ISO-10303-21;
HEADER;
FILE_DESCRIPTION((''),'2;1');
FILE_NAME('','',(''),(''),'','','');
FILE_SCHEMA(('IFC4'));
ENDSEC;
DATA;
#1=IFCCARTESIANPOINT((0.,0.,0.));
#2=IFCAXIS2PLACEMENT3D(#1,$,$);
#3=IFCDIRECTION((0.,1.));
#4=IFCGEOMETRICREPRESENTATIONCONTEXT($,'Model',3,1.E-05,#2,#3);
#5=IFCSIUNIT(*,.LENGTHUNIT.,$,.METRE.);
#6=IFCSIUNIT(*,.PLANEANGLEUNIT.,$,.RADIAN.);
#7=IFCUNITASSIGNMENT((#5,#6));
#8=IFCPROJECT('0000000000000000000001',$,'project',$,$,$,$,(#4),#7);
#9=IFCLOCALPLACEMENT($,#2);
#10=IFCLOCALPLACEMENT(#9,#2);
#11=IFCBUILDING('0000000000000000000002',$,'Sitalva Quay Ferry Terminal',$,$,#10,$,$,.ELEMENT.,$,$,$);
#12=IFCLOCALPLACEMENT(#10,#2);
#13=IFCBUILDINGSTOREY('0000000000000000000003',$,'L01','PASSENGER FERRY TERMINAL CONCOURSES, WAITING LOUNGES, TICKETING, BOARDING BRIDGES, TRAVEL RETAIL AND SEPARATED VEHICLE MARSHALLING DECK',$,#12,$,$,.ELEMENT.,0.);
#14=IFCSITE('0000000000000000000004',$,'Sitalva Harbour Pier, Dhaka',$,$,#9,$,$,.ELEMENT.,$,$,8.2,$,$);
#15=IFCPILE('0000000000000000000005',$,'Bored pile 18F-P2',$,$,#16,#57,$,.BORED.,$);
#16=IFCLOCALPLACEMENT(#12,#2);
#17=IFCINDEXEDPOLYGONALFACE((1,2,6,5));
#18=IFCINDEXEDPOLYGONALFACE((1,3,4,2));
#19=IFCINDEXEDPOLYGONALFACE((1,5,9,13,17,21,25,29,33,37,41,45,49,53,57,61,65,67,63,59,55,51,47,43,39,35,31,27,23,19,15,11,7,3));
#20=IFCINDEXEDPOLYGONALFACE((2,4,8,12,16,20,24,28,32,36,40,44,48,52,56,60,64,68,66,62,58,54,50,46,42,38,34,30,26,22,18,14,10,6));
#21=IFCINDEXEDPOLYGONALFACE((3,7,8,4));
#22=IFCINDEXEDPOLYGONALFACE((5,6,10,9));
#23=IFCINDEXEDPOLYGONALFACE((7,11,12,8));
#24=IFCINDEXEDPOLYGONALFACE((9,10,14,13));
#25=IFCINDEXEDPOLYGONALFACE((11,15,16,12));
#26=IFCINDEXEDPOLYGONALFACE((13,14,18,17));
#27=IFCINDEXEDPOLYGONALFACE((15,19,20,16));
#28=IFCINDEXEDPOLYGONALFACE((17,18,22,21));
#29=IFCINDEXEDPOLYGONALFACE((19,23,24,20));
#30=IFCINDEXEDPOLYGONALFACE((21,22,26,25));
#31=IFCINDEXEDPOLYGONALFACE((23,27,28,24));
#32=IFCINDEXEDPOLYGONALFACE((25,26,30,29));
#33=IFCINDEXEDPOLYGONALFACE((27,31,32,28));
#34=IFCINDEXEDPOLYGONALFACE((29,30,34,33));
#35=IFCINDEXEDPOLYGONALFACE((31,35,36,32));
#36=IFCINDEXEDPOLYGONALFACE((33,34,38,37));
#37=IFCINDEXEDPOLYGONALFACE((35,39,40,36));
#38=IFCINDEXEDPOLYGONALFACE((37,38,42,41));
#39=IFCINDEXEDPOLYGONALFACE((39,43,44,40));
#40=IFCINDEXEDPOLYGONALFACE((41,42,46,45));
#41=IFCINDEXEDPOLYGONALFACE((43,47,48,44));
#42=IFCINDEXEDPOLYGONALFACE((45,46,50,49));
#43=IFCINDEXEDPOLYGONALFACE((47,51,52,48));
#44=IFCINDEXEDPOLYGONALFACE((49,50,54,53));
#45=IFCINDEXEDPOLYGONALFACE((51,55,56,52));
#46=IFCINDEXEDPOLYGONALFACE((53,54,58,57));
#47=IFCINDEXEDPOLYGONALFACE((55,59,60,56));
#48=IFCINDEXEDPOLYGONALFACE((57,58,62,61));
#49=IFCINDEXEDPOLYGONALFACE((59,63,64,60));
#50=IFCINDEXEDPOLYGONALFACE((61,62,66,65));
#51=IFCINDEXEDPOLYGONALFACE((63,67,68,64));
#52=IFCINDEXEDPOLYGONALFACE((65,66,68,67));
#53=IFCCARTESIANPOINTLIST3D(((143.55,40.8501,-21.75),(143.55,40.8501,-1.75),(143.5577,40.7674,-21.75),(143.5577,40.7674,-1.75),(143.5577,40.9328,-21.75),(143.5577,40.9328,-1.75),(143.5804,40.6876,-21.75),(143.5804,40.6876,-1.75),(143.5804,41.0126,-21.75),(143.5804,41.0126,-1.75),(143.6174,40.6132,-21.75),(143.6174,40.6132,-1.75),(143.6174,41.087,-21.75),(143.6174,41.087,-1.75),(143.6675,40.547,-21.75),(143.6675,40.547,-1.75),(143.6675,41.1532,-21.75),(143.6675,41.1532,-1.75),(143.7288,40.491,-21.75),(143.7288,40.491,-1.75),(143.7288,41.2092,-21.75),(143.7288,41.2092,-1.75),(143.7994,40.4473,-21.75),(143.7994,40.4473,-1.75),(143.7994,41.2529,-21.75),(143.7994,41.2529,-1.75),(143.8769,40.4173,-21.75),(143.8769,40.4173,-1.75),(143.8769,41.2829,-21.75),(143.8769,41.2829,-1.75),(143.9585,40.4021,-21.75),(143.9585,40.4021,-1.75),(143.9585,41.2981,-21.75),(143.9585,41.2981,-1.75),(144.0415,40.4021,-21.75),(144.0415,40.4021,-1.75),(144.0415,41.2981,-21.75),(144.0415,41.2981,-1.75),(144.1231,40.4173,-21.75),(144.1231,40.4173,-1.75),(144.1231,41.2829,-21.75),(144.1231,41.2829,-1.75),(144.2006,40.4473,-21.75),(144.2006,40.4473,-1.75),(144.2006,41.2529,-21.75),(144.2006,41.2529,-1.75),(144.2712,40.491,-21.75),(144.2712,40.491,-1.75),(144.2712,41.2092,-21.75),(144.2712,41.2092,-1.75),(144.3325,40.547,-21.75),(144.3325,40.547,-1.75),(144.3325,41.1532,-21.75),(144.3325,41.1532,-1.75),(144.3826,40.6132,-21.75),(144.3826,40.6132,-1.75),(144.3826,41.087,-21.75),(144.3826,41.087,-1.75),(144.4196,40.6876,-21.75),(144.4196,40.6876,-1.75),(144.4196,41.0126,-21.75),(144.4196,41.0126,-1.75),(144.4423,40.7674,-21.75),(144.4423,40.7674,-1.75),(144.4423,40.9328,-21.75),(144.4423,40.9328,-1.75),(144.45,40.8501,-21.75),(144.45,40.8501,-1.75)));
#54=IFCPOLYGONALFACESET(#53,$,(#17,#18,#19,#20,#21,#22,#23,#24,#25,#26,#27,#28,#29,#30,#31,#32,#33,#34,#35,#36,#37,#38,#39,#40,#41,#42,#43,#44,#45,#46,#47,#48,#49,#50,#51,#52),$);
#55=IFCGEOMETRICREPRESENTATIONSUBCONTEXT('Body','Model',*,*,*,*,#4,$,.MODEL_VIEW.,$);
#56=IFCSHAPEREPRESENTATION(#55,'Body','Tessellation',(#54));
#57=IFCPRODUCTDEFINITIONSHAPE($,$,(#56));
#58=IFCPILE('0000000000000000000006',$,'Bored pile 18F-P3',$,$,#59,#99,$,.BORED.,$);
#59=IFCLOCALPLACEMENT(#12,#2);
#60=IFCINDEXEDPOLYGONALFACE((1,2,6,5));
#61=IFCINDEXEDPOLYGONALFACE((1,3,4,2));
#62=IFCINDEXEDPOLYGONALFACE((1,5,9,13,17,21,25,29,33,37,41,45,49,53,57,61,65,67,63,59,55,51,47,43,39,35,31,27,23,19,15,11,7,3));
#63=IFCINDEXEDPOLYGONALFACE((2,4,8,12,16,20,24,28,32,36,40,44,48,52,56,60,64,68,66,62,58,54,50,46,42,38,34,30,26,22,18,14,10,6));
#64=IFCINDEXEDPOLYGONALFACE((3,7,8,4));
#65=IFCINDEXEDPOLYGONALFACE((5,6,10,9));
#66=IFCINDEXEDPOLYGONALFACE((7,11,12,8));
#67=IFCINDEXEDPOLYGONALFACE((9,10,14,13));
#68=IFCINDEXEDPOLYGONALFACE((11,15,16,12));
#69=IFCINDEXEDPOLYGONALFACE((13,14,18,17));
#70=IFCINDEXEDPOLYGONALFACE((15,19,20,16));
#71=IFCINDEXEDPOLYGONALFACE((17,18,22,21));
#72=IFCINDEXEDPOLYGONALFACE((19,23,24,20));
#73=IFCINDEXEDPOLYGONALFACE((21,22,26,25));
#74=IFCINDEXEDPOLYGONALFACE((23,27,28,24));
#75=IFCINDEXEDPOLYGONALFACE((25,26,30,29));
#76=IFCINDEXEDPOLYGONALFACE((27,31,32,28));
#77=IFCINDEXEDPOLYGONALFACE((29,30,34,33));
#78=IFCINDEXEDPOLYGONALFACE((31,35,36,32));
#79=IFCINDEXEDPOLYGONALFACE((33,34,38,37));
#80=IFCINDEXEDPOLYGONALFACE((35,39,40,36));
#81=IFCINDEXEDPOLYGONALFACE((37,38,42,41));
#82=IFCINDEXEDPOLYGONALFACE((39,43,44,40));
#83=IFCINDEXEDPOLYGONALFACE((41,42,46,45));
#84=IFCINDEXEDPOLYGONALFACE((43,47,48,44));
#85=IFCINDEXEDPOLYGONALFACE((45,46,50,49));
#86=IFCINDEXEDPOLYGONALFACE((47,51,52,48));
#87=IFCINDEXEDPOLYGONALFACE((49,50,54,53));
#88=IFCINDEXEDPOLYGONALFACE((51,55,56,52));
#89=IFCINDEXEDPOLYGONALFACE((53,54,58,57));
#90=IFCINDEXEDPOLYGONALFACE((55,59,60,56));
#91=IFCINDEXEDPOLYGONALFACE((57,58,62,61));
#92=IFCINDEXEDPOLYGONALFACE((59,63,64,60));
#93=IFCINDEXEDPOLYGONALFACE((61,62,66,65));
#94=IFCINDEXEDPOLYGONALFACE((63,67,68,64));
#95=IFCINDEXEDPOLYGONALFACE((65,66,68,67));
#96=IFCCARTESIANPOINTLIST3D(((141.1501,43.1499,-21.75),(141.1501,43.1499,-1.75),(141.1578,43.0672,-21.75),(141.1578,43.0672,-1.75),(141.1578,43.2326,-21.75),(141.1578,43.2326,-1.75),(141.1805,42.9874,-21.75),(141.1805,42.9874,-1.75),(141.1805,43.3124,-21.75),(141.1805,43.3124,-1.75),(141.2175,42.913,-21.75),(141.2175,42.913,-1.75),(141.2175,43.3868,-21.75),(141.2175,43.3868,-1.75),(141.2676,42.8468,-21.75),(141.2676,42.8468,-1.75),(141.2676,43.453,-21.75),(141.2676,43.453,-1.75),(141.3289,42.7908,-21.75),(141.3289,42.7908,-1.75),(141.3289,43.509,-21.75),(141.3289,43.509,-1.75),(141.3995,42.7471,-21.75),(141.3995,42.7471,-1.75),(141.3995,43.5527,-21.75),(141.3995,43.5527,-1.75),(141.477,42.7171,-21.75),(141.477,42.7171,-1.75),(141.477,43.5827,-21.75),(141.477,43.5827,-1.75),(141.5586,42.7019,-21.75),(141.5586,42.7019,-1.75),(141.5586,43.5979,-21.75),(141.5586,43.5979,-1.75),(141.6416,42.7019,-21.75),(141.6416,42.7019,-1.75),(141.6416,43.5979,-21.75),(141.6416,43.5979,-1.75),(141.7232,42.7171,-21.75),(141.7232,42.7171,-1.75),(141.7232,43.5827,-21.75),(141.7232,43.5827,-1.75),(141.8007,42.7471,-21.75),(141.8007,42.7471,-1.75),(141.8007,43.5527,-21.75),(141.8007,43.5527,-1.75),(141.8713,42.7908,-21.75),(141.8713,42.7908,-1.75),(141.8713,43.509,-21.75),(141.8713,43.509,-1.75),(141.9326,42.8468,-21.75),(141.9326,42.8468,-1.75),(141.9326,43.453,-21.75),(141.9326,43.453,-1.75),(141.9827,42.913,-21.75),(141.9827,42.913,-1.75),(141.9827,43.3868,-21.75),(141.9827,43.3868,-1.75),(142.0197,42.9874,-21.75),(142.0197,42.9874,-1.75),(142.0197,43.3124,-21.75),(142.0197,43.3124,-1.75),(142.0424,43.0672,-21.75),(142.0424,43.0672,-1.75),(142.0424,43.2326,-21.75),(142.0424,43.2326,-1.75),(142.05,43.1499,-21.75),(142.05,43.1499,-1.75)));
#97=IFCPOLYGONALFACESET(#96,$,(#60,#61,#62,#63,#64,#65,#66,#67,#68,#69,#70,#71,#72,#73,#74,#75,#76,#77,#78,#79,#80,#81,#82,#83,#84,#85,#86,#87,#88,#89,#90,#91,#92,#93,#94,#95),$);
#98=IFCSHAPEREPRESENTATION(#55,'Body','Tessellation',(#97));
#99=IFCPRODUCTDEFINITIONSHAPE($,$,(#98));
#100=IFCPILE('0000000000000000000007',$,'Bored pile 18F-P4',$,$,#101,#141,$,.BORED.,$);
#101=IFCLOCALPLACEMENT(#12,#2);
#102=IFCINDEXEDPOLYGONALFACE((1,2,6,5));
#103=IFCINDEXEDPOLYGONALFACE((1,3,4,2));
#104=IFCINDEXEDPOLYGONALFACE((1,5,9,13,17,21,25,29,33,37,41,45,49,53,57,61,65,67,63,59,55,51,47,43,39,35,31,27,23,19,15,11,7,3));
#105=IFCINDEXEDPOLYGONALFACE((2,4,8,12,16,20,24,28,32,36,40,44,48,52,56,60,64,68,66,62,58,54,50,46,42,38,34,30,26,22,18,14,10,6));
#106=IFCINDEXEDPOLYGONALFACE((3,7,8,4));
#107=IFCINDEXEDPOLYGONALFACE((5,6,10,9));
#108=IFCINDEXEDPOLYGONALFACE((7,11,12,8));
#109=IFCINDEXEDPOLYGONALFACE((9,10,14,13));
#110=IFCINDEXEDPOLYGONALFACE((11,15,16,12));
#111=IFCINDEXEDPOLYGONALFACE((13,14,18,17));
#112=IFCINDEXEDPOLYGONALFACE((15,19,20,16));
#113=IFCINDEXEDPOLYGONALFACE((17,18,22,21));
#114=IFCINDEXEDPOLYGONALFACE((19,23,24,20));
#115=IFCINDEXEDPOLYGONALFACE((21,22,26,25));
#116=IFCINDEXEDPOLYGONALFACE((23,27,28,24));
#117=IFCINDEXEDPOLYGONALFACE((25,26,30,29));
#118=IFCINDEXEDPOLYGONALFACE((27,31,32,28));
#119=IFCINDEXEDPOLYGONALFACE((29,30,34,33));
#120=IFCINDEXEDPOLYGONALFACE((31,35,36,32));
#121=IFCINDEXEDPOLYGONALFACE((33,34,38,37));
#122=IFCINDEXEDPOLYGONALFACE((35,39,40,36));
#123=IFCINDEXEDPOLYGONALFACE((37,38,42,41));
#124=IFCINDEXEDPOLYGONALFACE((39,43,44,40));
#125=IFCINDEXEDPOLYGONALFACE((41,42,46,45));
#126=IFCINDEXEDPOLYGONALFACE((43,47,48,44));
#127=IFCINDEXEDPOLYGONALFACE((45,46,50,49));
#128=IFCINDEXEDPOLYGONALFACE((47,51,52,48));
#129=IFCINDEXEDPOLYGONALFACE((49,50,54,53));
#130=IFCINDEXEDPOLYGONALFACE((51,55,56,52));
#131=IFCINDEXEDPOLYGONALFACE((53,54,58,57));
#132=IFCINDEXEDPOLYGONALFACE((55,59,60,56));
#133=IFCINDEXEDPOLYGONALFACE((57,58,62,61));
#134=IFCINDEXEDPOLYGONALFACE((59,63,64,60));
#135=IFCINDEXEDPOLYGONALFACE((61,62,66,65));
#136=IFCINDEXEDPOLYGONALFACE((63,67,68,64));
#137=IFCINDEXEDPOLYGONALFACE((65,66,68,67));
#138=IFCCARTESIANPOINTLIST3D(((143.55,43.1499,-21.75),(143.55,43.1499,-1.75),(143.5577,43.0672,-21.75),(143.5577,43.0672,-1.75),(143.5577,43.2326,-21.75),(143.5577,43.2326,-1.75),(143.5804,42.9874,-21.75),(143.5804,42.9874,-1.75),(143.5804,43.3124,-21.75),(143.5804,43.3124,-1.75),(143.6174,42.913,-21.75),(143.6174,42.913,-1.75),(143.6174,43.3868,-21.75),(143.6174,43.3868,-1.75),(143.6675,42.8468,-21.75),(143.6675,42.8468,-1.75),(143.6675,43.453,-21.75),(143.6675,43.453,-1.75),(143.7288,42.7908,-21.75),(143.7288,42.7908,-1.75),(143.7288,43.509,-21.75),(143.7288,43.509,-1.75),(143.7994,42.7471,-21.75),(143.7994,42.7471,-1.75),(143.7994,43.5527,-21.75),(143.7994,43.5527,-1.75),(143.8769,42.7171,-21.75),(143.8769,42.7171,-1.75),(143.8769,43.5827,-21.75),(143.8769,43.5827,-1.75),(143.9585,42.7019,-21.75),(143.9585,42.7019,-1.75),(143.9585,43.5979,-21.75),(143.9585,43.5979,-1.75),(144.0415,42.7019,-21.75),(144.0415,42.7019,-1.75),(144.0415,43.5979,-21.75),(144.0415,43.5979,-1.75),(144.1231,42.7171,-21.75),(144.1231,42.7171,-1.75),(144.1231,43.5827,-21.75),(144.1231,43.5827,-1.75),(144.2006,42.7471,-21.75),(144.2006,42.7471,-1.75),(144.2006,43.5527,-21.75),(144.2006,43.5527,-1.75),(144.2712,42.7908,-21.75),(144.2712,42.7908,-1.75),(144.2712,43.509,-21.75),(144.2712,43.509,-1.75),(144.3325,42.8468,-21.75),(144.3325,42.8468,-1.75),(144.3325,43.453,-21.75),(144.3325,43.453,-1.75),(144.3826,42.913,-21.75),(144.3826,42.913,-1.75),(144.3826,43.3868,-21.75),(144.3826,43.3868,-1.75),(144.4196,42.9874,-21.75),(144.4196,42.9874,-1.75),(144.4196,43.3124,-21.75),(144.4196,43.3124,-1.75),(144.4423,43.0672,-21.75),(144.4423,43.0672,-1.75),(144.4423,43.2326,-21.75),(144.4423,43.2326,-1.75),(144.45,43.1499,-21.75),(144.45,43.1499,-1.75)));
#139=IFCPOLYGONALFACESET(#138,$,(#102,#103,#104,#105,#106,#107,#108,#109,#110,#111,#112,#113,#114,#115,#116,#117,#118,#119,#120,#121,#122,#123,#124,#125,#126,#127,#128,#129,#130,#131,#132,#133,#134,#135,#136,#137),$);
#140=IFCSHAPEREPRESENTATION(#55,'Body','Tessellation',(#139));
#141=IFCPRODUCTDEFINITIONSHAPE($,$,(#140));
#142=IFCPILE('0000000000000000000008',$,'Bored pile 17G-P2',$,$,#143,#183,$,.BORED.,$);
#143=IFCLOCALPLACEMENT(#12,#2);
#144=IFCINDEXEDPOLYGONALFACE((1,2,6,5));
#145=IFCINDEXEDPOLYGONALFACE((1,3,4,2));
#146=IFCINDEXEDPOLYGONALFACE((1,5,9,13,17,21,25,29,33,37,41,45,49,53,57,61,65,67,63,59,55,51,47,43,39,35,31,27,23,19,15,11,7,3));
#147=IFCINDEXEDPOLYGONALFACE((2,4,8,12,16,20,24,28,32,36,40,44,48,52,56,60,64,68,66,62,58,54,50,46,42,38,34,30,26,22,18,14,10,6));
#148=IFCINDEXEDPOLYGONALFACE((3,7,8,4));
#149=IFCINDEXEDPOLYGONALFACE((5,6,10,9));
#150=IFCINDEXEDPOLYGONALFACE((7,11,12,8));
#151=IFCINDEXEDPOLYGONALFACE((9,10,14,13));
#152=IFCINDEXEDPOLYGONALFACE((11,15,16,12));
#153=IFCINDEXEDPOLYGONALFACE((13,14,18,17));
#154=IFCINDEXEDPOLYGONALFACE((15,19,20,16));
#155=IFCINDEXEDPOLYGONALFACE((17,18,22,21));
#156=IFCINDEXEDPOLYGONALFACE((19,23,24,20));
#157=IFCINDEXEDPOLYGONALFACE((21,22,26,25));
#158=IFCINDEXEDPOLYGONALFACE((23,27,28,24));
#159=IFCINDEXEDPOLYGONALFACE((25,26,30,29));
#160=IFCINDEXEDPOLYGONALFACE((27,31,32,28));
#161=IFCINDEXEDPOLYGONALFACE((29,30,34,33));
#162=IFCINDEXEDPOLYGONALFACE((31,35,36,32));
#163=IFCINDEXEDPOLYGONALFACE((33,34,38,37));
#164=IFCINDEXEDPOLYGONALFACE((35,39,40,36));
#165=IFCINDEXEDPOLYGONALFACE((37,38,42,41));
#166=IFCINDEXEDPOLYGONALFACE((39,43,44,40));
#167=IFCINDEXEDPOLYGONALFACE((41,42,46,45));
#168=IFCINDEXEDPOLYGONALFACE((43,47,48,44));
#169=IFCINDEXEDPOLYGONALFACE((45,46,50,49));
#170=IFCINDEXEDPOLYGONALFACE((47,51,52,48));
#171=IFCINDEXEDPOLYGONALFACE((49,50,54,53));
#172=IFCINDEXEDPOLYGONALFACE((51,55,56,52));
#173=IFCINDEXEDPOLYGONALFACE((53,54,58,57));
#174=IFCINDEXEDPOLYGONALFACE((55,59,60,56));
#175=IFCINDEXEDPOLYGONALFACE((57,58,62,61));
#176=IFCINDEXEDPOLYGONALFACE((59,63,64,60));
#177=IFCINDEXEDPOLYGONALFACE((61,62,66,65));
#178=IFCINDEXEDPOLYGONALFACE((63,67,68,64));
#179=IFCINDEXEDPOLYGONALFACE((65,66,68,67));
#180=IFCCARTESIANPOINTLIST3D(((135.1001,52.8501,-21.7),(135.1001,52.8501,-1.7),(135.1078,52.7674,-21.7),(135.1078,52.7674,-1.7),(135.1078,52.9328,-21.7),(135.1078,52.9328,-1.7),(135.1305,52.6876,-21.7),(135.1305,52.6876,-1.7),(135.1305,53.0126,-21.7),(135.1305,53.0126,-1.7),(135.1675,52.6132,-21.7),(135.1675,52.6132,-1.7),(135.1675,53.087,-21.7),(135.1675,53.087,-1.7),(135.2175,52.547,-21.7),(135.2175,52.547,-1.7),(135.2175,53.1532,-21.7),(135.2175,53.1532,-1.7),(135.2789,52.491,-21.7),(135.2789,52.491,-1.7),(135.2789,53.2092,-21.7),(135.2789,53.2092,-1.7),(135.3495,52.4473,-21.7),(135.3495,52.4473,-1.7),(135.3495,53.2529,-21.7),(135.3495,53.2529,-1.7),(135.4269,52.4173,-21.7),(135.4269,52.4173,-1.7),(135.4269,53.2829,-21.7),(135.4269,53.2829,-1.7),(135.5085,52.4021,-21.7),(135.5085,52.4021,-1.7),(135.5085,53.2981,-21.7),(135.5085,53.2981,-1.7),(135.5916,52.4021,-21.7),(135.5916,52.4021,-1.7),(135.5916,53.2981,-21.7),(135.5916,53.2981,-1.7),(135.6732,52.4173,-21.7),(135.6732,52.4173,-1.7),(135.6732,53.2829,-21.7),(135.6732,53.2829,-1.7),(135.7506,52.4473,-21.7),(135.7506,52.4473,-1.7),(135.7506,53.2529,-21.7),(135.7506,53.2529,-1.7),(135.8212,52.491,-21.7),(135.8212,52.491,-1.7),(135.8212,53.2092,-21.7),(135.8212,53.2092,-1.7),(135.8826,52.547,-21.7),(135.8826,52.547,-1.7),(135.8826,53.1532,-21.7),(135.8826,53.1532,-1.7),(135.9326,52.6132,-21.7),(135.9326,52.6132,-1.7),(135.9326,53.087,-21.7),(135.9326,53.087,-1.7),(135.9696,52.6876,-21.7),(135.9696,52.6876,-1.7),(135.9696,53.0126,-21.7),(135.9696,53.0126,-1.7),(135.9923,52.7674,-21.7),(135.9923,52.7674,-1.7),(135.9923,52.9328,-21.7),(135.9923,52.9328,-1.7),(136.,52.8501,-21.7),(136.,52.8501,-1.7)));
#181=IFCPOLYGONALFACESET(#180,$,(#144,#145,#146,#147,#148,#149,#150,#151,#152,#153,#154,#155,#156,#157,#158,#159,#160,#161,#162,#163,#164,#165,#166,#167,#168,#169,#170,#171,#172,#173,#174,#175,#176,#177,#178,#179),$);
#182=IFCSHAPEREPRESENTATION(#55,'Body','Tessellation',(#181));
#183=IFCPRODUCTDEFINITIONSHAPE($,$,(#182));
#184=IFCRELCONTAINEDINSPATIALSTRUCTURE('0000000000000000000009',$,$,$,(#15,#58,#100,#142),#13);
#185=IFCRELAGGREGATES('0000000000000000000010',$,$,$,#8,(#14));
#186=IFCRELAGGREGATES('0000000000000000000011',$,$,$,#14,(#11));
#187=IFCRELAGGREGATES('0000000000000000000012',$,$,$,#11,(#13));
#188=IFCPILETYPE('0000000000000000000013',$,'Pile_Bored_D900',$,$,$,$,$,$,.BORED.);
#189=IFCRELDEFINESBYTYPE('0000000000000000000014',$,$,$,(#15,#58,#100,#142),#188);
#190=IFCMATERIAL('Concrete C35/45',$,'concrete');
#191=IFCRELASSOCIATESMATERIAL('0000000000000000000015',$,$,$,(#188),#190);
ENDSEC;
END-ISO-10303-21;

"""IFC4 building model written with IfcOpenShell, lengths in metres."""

from ifc_helpers import new_model, si_unit, direction, frame, origin, origin_2d, place, context, subcontext, project, spatial, circle, extrude, material, material_profile, profile_set, type_object, element, save


model = new_model("IFC4")

# Units and contexts
model_context = context("Model", 3, precision=1e-05, world=origin(), true_north=direction((0.0, 1.0)))
body_context = subcontext(model_context, "Body", "Model", "MODEL_VIEW")
ifc_project = project(units=[si_unit("LENGTHUNIT", "METRE"), si_unit("PLANEANGLEUNIT", "RADIAN")], contexts=[model_context])

# Site, building, storey
site_placement = place(None, origin())
site = spatial("IfcSite", under=ifc_project, at=site_placement, Name="Sitalva Harbour Pier, Dhaka", CompositionType="ELEMENT", RefElevation=8.2)
building_placement = place(site_placement, origin())
building = spatial("IfcBuilding", under=site, at=building_placement, Name="Sitalva Quay Ferry Terminal", CompositionType="ELEMENT")
storey_placement = place(building_placement, origin())
storey = spatial("IfcBuildingStorey", under=building, at=storey_placement, Name="L01", Description="PASSENGER FERRY TERMINAL CONCOURSES, WAITING LOUNGES, TICKETING, BOARDING BRIDGES, TRAVEL RETAIL AND SEPARATED VEHICLE MARSHALLING DECK", CompositionType="ELEMENT", Elevation=0.0)

# Piles
ifc_material_1 = material(Name="Concrete C35/45", Category="concrete")
ifc_material_profile_1 = material_profile(ifc_material_1, circle(Radius=0.45, at=origin_2d()), Name="PILE-D900")
ifc_profile_set_1 = profile_set([ifc_material_profile_1], Name="Concrete C35/45")
pile_type = type_object("IfcPileType", Name="Pile_Bored_D900", PredefinedType="BORED", material=ifc_profile_set_1)
for number, where, z_axis, x_axis, name in (
    (1, (144.0, 40.8501, -1.75), (0.0, 0.0, -1.0), (1.0, 0.0, 0.0), "Bored pile 18F-P2"),
    (2, (141.6001, 43.1499, -1.75), (0.0, 0.0, -1.0), (1.0, 0.0, 0.0), "Bored pile 18F-P3"),
    (3, (144.0, 43.1499, -1.75), (0.0, 0.0, -1.0), (1.0, 0.0, 0.0), "Bored pile 18F-P4"),
    (4, (135.55, 52.8501, -1.7), (0.0, 0.0, -1.0), (1.0, 0.0, 0.0), "Bored pile 17G-P2"),
):
    element("IfcPile", number, at=place(storey_placement, frame(where, z_axis=z_axis, x_axis=x_axis)), inside=storey, type_object=pile_type, Name=name, PredefinedType="BORED", context=body_context, shape_type="SweptSolid", body=[
        extrude(circle(Radius=0.45, at=origin_2d()), origin(), (0.0, 0.0, 1.0), 20.0),
    ])

save(model, "model.ifc")
